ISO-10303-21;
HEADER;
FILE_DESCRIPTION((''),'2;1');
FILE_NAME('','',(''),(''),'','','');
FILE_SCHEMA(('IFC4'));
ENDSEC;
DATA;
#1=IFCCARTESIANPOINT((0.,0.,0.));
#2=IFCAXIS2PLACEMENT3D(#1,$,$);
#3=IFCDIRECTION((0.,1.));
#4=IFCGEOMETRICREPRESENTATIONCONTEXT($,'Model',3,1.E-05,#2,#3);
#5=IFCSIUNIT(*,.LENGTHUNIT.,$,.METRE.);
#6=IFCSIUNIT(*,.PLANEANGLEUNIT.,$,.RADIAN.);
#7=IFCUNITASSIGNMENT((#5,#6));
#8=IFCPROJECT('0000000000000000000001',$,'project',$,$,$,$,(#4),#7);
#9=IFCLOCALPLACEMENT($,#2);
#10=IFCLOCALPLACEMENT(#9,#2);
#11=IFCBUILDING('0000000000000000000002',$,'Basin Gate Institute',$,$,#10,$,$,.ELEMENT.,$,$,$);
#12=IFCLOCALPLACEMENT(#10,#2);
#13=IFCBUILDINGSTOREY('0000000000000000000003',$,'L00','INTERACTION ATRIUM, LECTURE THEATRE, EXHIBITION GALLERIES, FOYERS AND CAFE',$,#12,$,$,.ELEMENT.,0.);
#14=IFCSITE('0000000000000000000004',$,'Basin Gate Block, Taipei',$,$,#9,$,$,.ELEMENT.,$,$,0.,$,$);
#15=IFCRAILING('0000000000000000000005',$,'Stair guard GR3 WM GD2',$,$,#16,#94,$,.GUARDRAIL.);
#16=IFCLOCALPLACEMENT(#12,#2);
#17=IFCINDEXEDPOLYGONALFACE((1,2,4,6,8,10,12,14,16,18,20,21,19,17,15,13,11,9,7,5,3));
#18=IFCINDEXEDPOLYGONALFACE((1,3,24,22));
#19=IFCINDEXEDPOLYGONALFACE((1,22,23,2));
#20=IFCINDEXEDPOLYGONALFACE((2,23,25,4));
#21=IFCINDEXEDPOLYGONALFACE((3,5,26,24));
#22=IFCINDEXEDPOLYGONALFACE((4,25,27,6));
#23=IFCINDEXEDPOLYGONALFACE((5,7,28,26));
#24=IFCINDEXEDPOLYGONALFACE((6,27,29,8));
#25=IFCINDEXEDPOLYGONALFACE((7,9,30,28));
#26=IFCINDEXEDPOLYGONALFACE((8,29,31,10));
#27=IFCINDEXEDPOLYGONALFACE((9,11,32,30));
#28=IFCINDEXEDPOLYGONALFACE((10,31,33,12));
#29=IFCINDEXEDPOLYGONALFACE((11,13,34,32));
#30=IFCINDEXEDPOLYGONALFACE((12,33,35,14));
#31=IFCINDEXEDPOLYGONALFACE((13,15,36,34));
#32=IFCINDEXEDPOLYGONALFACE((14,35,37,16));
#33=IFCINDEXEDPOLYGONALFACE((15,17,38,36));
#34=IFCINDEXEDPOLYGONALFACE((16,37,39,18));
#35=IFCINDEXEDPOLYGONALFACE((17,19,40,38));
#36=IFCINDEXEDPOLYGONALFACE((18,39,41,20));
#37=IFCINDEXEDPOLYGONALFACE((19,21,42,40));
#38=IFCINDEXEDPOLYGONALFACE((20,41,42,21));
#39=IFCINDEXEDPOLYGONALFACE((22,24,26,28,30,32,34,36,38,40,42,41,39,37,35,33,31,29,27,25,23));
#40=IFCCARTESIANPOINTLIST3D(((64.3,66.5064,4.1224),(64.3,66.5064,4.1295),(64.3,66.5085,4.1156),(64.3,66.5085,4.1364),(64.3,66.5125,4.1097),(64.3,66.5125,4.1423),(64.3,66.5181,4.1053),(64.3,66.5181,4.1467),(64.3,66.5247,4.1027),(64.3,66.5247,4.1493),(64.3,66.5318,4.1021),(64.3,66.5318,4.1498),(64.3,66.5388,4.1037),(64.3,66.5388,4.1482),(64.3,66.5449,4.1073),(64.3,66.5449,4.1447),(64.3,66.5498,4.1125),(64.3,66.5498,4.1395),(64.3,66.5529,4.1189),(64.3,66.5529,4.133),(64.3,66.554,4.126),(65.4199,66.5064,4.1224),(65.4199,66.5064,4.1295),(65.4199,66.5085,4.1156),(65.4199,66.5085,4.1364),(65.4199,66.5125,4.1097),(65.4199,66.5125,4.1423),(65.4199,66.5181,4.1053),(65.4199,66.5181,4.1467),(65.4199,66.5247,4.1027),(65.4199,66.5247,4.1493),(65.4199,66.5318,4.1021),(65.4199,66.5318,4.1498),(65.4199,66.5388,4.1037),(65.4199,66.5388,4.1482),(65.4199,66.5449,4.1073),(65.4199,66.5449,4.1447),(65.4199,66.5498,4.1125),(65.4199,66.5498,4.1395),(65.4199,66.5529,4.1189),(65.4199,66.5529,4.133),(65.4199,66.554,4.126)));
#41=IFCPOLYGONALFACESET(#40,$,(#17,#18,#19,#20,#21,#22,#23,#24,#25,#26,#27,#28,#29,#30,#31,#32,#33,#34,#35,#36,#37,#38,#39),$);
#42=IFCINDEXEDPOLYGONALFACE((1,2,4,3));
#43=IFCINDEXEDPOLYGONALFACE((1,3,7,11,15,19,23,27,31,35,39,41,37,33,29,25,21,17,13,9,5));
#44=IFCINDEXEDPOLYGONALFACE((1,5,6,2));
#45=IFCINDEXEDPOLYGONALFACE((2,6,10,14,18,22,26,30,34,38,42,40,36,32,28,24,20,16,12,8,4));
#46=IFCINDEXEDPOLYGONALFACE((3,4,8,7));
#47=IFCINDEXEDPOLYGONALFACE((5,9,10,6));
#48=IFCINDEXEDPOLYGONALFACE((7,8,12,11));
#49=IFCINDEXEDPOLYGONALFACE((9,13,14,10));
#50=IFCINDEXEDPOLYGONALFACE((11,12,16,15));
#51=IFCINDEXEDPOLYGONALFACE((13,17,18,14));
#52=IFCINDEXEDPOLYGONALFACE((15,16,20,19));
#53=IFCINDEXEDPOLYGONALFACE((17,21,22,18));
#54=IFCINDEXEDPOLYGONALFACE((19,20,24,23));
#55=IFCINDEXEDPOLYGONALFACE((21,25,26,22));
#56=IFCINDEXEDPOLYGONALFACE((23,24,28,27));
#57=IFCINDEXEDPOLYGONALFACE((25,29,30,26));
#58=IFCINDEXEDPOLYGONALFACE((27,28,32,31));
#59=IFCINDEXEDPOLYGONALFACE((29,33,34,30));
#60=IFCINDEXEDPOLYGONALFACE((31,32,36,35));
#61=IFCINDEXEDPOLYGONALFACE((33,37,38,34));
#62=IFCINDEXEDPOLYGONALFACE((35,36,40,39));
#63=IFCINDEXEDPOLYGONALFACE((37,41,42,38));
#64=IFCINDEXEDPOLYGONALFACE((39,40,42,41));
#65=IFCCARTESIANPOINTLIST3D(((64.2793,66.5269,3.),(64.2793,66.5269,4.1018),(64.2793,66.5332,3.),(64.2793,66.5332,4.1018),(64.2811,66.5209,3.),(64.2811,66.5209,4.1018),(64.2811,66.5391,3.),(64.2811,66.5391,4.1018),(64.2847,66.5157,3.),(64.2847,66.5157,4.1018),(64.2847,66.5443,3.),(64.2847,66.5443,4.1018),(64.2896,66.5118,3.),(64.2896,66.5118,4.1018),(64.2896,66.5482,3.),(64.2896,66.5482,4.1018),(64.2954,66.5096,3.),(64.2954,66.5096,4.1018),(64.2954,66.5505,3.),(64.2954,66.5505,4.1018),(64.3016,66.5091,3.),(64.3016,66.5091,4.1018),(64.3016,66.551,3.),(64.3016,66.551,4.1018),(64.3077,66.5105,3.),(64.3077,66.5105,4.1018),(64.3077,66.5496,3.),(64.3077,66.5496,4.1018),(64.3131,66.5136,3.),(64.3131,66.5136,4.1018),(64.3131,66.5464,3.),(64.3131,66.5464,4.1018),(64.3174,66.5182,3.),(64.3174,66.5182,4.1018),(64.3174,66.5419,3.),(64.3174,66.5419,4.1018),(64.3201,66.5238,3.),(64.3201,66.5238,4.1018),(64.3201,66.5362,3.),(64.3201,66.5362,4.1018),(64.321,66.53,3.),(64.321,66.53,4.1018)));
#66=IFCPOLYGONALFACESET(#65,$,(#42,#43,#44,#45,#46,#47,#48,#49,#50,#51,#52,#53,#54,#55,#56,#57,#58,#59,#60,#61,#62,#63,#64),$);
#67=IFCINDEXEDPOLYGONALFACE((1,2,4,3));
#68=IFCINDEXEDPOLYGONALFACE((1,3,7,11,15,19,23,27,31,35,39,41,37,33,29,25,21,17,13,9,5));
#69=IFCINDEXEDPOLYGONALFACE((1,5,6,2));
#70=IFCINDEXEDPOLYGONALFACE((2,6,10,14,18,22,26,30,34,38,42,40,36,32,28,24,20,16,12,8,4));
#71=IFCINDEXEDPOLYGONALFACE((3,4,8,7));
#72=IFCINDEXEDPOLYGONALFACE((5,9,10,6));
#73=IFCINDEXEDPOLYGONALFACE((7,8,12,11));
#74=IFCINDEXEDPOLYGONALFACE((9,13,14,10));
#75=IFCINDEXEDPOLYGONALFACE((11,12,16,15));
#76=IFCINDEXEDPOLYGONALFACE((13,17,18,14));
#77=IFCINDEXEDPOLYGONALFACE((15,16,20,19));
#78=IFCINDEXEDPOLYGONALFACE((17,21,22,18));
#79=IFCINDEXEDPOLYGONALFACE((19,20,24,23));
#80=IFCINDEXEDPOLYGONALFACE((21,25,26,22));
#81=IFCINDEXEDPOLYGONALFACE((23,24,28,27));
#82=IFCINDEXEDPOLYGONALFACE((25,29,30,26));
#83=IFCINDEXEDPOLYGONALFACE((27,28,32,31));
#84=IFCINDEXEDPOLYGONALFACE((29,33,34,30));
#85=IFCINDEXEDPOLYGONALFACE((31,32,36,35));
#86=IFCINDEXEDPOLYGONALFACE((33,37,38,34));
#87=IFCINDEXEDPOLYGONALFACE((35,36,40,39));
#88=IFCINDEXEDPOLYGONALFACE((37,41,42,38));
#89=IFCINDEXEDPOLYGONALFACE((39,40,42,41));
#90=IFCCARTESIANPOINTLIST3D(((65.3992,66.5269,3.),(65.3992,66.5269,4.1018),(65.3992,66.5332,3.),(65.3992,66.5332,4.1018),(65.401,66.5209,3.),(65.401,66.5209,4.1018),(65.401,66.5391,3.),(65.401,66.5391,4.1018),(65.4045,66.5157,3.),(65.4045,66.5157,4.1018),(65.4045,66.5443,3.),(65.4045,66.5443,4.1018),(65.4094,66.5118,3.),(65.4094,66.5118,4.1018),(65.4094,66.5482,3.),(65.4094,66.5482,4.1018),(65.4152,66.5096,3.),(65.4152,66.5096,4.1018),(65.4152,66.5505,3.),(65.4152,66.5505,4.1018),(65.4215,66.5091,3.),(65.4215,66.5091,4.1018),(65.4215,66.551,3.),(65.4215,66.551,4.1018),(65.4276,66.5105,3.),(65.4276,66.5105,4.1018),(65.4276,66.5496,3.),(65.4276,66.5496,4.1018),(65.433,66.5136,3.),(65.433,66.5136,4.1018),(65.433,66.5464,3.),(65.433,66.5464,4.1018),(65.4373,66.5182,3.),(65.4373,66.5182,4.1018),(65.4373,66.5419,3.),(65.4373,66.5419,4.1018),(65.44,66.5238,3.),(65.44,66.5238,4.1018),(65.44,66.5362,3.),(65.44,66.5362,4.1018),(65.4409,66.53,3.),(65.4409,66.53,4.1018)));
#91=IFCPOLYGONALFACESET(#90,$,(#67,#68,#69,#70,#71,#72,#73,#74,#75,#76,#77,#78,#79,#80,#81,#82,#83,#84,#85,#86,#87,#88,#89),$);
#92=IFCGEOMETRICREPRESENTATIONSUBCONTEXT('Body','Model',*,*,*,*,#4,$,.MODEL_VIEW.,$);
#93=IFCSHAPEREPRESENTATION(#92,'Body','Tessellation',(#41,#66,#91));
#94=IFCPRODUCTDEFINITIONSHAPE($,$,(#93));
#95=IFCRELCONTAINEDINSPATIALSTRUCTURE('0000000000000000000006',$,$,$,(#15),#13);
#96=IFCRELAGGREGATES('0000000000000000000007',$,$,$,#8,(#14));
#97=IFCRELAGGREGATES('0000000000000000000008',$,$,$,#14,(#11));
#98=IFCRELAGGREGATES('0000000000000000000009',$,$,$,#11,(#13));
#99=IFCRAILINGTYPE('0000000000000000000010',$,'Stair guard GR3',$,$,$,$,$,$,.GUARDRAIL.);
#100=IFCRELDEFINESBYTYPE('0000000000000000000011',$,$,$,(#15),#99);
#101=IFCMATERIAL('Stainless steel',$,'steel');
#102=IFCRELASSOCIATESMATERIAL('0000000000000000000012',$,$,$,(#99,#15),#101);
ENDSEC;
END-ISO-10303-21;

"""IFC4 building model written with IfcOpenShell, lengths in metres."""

from ifc_helpers import new_model, si_unit, direction, frame, origin, origin_2d, place, context, subcontext, project, spatial, circle, extrude, material, type_object, element, save


model = new_model("IFC4")

# Units and contexts
model_context = context("Model", 3, precision=1e-05, world=origin(), true_north=direction((0.0, 1.0)))
body_context = subcontext(model_context, "Body", "Model", "MODEL_VIEW")
ifc_project = project(units=[si_unit("LENGTHUNIT", "METRE"), si_unit("PLANEANGLEUNIT", "RADIAN")], contexts=[model_context])

# Site, building, storey
site_placement = place(None, origin())
site = spatial("IfcSite", under=ifc_project, at=site_placement, Name="Basin Gate Block, Taipei", CompositionType="ELEMENT", RefElevation=0.0)
building_placement = place(site_placement, origin())
building = spatial("IfcBuilding", under=site, at=building_placement, Name="Basin Gate Institute", CompositionType="ELEMENT")
storey_placement = place(building_placement, origin())
storey = spatial("IfcBuildingStorey", under=building, at=storey_placement, Name="L00", Description="INTERACTION ATRIUM, LECTURE THEATRE, EXHIBITION GALLERIES, FOYERS AND CAFE", CompositionType="ELEMENT", Elevation=0.0)

# Railing
ifc_material_1 = material(Name="Stainless steel", Category="steel")
railing_type_1 = type_object("IfcRailingType", Name="Stair guard GR3", PredefinedType="GUARDRAIL", material=ifc_material_1)
railing_1_placement = place(storey_placement, frame((64.3, 66.53, 3.0)))
element("IfcRailing", 1, at=railing_1_placement, inside=storey, type_object=railing_type_1, material=ifc_material_1, Name="Stair guard GR3 WM GD2", PredefinedType="GUARDRAIL", context=body_context, shape_type="SweptSolid", body=[
    extrude(circle(Radius=0.0239, at=origin_2d()), frame((0.0, 0.0, 1.126), z_axis=(1.0, 0.0, 0.0), x_axis=(0.0, 1.0, 0.0)), (0.0, 0.0, 1.0), 1.1199),
    extrude(circle(Radius=0.021, at=origin_2d()), origin(), (0.0, 0.0, 1.0), 1.1018),
    extrude(circle(Radius=0.021, at=origin_2d()), frame((1.1199, 0.0, 0.0)), (0.0, 0.0, 1.0), 1.1018),
])

save(model, "model.ifc")
